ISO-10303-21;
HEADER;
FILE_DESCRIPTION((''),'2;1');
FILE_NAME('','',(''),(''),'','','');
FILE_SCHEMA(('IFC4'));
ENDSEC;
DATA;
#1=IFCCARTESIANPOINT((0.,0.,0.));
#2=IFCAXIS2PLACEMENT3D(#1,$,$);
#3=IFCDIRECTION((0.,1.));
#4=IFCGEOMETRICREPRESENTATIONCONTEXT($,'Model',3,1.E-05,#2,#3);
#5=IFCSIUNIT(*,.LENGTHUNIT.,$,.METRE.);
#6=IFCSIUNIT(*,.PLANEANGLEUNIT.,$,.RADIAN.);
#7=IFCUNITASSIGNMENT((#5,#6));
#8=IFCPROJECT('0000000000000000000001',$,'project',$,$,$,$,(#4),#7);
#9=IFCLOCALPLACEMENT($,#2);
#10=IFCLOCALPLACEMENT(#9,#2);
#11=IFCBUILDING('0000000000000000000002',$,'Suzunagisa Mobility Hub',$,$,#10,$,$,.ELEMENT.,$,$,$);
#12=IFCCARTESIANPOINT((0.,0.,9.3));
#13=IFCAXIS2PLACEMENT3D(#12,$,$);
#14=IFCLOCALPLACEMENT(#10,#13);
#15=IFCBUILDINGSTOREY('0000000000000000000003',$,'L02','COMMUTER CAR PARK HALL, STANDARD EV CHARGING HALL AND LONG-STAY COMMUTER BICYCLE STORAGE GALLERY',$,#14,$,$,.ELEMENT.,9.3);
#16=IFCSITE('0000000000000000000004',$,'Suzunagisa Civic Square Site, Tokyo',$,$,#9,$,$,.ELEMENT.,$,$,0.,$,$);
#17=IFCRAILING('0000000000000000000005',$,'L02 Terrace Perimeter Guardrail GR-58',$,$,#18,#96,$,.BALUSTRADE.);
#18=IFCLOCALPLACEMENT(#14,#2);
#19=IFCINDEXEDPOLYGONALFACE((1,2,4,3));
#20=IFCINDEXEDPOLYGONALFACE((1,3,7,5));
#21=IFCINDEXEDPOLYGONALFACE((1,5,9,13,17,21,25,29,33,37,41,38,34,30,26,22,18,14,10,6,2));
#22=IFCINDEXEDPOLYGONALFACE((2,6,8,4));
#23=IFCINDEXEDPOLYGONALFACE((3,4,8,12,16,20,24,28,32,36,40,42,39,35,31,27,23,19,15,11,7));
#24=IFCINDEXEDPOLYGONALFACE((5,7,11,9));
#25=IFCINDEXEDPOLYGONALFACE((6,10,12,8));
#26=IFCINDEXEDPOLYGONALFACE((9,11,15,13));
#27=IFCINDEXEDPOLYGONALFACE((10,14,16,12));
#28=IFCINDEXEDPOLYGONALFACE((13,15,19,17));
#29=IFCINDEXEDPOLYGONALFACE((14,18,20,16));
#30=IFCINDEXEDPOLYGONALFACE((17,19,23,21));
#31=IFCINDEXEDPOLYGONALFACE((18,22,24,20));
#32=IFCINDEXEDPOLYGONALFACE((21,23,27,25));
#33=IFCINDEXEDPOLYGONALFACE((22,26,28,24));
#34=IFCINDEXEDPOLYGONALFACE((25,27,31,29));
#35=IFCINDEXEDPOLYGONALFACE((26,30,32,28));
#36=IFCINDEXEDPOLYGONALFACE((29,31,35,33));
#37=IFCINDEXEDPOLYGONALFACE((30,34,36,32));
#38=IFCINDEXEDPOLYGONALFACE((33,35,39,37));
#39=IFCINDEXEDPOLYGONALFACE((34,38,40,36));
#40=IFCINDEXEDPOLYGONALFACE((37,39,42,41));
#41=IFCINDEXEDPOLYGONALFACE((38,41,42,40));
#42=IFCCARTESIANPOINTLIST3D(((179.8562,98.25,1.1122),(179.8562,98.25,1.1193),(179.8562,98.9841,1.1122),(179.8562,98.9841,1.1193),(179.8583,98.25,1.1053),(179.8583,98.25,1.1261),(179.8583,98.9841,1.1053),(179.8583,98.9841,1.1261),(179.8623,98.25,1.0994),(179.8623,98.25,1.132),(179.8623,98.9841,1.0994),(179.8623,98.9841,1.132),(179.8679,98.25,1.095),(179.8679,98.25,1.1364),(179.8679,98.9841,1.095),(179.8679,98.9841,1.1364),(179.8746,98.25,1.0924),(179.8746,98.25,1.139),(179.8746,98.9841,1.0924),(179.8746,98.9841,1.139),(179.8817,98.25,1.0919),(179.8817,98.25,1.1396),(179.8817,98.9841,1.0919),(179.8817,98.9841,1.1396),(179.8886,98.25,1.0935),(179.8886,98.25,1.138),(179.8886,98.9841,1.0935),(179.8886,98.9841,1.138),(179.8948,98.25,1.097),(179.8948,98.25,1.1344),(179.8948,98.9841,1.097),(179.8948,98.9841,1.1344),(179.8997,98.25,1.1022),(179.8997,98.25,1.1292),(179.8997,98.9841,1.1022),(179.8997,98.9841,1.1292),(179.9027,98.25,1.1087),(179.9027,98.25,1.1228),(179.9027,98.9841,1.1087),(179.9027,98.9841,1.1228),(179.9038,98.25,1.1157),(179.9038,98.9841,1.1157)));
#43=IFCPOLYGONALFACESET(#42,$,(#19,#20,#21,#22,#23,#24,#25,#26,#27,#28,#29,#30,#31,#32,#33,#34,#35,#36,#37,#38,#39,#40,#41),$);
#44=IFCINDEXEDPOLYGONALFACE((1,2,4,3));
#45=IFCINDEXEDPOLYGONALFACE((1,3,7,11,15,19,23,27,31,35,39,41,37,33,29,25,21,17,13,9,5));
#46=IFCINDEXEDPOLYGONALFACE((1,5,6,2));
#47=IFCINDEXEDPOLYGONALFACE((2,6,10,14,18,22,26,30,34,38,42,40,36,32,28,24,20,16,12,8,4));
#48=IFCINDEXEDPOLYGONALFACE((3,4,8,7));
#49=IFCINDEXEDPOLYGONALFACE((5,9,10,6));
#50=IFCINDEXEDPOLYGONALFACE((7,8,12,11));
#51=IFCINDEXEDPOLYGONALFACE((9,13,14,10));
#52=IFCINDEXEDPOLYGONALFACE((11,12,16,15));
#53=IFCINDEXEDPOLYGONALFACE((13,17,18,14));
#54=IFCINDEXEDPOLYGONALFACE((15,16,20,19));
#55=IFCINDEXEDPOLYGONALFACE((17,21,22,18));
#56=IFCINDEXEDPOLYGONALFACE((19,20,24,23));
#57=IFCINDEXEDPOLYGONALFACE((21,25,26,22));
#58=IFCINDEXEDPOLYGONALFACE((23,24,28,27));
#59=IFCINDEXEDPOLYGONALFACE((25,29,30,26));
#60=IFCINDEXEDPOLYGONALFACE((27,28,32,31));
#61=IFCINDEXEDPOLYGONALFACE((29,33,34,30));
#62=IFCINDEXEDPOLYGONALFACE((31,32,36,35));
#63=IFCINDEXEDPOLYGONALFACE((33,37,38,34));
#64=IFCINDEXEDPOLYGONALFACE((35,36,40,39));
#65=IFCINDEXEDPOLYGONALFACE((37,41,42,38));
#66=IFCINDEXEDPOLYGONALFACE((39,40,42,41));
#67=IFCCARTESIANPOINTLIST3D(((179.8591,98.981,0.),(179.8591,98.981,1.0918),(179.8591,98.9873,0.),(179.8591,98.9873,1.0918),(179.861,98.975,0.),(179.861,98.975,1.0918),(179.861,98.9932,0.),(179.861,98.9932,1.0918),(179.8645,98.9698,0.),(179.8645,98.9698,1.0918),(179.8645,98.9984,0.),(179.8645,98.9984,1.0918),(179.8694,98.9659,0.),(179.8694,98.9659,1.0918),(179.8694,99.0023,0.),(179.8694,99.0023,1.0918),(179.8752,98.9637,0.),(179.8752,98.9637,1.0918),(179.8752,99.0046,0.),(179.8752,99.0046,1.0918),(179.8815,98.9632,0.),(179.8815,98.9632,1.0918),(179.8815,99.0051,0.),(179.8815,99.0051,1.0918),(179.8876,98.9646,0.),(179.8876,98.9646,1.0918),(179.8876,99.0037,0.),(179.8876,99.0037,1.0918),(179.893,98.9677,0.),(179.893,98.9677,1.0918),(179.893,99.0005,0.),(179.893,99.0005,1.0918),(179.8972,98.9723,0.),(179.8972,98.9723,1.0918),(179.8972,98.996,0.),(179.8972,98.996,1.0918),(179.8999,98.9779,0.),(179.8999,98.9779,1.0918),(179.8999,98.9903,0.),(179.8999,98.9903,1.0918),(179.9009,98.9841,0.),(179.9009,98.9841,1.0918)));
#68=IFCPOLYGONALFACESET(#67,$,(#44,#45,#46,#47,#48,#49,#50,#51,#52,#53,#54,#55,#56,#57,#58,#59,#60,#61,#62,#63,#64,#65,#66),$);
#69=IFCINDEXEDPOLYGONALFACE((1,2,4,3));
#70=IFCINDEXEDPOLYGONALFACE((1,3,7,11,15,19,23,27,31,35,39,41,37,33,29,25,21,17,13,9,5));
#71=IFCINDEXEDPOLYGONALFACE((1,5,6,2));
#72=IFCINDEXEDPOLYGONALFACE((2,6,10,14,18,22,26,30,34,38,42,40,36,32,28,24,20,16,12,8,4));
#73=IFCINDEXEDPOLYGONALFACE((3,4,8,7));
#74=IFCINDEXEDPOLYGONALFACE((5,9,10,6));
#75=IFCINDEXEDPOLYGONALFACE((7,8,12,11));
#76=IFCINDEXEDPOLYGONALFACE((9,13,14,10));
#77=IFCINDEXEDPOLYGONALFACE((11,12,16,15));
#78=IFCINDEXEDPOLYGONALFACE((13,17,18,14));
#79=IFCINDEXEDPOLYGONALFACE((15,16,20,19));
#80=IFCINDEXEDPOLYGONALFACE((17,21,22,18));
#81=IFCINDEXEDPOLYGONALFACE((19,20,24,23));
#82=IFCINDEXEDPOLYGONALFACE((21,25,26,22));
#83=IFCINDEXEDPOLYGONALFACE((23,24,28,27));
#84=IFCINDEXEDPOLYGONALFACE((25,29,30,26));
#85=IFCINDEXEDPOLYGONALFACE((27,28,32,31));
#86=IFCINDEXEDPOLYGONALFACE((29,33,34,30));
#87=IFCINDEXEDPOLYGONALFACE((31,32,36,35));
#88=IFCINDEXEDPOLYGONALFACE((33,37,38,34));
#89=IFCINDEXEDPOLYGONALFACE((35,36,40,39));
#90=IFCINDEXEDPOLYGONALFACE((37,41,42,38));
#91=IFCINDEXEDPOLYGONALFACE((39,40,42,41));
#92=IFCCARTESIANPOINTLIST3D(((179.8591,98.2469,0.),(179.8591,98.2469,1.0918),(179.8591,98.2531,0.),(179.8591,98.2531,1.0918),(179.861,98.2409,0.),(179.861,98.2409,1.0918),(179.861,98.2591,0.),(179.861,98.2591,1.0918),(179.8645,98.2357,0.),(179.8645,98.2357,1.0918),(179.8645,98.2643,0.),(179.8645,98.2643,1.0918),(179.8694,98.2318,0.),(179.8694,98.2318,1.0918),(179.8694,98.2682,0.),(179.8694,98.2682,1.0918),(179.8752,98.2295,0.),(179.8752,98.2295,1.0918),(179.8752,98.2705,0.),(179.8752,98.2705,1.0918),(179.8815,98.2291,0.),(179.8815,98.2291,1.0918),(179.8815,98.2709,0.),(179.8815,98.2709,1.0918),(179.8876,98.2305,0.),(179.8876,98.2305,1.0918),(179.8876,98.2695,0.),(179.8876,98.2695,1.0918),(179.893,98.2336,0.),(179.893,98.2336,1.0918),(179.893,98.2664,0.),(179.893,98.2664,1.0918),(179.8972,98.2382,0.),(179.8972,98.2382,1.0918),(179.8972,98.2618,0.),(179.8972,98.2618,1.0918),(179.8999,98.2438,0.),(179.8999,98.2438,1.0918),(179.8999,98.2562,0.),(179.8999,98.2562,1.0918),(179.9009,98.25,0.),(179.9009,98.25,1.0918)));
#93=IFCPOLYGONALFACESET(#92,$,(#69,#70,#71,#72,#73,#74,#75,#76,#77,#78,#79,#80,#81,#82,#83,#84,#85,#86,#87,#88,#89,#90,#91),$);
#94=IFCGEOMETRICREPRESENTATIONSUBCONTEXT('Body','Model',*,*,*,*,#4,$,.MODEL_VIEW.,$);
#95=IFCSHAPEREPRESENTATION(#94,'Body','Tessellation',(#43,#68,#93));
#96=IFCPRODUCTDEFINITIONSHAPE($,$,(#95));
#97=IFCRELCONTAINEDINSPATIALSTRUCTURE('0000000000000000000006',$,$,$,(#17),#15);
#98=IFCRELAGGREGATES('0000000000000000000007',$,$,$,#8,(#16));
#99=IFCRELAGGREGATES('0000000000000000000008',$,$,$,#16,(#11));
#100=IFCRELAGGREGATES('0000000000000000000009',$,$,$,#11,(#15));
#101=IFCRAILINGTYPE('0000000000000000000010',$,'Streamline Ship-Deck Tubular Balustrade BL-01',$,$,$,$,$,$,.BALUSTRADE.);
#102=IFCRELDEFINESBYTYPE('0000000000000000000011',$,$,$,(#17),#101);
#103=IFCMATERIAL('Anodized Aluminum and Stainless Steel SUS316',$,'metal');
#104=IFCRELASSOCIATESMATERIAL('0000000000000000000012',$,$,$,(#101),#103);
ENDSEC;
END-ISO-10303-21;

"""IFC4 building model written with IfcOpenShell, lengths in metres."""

from ifc_helpers import new_model, si_unit, direction, frame, origin, origin_2d, place, context, subcontext, project, spatial, circle, extrude, material, type_object, element, save


model = new_model("IFC4")

# Units and contexts
model_context = context("Model", 3, precision=1e-05, world=origin(), true_north=direction((0.0, 1.0)))
body_context = subcontext(model_context, "Body", "Model", "MODEL_VIEW")
ifc_project = project(units=[si_unit("LENGTHUNIT", "METRE"), si_unit("PLANEANGLEUNIT", "RADIAN")], contexts=[model_context])

# Site, building, storey
site_placement = place(None, origin())
site = spatial("IfcSite", under=ifc_project, at=site_placement, Name="Suzunagisa Civic Square Site, Tokyo", CompositionType="ELEMENT", RefElevation=0.0)
building_placement = place(site_placement, origin())
building = spatial("IfcBuilding", under=site, at=building_placement, Name="Suzunagisa Mobility Hub", CompositionType="ELEMENT")
storey_placement = place(building_placement, frame((0.0, 0.0, 9.3)))
storey = spatial("IfcBuildingStorey", under=building, at=storey_placement, Name="L02", Description="COMMUTER CAR PARK HALL, STANDARD EV CHARGING HALL AND LONG-STAY COMMUTER BICYCLE STORAGE GALLERY", CompositionType="ELEMENT", Elevation=9.3)

# Railing
ifc_material_1 = material(Name="Anodized Aluminum and Stainless Steel SUS316", Category="metal")
railing_type = type_object("IfcRailingType", Name="Streamline Ship-Deck Tubular Balustrade BL-01", PredefinedType="BALUSTRADE", material=ifc_material_1)
railing_1_placement = place(storey_placement, frame((179.8799, 98.9841, 0.0)))
element("IfcRailing", 1, at=railing_1_placement, inside=storey, type_object=railing_type, Name="L02 Terrace Perimeter Guardrail GR-58", PredefinedType="BALUSTRADE", context=body_context, shape_type="SweptSolid", body=[
    extrude(circle(Radius=0.0239, at=origin_2d()), frame((0.0, 0.0, 1.1157), z_axis=(0.0, -1.0, 0.0), x_axis=(1.0, 0.0, 0.0)), (0.0, 0.0, 1.0), 0.7341),
    extrude(circle(Radius=0.021, at=origin_2d()), origin(), (0.0, 0.0, 1.0), 1.0918),
    extrude(circle(Radius=0.021, at=origin_2d()), frame((0.0, -0.7341, 0.0)), (0.0, 0.0, 1.0), 1.0918),
])

save(model, "model.ifc")
